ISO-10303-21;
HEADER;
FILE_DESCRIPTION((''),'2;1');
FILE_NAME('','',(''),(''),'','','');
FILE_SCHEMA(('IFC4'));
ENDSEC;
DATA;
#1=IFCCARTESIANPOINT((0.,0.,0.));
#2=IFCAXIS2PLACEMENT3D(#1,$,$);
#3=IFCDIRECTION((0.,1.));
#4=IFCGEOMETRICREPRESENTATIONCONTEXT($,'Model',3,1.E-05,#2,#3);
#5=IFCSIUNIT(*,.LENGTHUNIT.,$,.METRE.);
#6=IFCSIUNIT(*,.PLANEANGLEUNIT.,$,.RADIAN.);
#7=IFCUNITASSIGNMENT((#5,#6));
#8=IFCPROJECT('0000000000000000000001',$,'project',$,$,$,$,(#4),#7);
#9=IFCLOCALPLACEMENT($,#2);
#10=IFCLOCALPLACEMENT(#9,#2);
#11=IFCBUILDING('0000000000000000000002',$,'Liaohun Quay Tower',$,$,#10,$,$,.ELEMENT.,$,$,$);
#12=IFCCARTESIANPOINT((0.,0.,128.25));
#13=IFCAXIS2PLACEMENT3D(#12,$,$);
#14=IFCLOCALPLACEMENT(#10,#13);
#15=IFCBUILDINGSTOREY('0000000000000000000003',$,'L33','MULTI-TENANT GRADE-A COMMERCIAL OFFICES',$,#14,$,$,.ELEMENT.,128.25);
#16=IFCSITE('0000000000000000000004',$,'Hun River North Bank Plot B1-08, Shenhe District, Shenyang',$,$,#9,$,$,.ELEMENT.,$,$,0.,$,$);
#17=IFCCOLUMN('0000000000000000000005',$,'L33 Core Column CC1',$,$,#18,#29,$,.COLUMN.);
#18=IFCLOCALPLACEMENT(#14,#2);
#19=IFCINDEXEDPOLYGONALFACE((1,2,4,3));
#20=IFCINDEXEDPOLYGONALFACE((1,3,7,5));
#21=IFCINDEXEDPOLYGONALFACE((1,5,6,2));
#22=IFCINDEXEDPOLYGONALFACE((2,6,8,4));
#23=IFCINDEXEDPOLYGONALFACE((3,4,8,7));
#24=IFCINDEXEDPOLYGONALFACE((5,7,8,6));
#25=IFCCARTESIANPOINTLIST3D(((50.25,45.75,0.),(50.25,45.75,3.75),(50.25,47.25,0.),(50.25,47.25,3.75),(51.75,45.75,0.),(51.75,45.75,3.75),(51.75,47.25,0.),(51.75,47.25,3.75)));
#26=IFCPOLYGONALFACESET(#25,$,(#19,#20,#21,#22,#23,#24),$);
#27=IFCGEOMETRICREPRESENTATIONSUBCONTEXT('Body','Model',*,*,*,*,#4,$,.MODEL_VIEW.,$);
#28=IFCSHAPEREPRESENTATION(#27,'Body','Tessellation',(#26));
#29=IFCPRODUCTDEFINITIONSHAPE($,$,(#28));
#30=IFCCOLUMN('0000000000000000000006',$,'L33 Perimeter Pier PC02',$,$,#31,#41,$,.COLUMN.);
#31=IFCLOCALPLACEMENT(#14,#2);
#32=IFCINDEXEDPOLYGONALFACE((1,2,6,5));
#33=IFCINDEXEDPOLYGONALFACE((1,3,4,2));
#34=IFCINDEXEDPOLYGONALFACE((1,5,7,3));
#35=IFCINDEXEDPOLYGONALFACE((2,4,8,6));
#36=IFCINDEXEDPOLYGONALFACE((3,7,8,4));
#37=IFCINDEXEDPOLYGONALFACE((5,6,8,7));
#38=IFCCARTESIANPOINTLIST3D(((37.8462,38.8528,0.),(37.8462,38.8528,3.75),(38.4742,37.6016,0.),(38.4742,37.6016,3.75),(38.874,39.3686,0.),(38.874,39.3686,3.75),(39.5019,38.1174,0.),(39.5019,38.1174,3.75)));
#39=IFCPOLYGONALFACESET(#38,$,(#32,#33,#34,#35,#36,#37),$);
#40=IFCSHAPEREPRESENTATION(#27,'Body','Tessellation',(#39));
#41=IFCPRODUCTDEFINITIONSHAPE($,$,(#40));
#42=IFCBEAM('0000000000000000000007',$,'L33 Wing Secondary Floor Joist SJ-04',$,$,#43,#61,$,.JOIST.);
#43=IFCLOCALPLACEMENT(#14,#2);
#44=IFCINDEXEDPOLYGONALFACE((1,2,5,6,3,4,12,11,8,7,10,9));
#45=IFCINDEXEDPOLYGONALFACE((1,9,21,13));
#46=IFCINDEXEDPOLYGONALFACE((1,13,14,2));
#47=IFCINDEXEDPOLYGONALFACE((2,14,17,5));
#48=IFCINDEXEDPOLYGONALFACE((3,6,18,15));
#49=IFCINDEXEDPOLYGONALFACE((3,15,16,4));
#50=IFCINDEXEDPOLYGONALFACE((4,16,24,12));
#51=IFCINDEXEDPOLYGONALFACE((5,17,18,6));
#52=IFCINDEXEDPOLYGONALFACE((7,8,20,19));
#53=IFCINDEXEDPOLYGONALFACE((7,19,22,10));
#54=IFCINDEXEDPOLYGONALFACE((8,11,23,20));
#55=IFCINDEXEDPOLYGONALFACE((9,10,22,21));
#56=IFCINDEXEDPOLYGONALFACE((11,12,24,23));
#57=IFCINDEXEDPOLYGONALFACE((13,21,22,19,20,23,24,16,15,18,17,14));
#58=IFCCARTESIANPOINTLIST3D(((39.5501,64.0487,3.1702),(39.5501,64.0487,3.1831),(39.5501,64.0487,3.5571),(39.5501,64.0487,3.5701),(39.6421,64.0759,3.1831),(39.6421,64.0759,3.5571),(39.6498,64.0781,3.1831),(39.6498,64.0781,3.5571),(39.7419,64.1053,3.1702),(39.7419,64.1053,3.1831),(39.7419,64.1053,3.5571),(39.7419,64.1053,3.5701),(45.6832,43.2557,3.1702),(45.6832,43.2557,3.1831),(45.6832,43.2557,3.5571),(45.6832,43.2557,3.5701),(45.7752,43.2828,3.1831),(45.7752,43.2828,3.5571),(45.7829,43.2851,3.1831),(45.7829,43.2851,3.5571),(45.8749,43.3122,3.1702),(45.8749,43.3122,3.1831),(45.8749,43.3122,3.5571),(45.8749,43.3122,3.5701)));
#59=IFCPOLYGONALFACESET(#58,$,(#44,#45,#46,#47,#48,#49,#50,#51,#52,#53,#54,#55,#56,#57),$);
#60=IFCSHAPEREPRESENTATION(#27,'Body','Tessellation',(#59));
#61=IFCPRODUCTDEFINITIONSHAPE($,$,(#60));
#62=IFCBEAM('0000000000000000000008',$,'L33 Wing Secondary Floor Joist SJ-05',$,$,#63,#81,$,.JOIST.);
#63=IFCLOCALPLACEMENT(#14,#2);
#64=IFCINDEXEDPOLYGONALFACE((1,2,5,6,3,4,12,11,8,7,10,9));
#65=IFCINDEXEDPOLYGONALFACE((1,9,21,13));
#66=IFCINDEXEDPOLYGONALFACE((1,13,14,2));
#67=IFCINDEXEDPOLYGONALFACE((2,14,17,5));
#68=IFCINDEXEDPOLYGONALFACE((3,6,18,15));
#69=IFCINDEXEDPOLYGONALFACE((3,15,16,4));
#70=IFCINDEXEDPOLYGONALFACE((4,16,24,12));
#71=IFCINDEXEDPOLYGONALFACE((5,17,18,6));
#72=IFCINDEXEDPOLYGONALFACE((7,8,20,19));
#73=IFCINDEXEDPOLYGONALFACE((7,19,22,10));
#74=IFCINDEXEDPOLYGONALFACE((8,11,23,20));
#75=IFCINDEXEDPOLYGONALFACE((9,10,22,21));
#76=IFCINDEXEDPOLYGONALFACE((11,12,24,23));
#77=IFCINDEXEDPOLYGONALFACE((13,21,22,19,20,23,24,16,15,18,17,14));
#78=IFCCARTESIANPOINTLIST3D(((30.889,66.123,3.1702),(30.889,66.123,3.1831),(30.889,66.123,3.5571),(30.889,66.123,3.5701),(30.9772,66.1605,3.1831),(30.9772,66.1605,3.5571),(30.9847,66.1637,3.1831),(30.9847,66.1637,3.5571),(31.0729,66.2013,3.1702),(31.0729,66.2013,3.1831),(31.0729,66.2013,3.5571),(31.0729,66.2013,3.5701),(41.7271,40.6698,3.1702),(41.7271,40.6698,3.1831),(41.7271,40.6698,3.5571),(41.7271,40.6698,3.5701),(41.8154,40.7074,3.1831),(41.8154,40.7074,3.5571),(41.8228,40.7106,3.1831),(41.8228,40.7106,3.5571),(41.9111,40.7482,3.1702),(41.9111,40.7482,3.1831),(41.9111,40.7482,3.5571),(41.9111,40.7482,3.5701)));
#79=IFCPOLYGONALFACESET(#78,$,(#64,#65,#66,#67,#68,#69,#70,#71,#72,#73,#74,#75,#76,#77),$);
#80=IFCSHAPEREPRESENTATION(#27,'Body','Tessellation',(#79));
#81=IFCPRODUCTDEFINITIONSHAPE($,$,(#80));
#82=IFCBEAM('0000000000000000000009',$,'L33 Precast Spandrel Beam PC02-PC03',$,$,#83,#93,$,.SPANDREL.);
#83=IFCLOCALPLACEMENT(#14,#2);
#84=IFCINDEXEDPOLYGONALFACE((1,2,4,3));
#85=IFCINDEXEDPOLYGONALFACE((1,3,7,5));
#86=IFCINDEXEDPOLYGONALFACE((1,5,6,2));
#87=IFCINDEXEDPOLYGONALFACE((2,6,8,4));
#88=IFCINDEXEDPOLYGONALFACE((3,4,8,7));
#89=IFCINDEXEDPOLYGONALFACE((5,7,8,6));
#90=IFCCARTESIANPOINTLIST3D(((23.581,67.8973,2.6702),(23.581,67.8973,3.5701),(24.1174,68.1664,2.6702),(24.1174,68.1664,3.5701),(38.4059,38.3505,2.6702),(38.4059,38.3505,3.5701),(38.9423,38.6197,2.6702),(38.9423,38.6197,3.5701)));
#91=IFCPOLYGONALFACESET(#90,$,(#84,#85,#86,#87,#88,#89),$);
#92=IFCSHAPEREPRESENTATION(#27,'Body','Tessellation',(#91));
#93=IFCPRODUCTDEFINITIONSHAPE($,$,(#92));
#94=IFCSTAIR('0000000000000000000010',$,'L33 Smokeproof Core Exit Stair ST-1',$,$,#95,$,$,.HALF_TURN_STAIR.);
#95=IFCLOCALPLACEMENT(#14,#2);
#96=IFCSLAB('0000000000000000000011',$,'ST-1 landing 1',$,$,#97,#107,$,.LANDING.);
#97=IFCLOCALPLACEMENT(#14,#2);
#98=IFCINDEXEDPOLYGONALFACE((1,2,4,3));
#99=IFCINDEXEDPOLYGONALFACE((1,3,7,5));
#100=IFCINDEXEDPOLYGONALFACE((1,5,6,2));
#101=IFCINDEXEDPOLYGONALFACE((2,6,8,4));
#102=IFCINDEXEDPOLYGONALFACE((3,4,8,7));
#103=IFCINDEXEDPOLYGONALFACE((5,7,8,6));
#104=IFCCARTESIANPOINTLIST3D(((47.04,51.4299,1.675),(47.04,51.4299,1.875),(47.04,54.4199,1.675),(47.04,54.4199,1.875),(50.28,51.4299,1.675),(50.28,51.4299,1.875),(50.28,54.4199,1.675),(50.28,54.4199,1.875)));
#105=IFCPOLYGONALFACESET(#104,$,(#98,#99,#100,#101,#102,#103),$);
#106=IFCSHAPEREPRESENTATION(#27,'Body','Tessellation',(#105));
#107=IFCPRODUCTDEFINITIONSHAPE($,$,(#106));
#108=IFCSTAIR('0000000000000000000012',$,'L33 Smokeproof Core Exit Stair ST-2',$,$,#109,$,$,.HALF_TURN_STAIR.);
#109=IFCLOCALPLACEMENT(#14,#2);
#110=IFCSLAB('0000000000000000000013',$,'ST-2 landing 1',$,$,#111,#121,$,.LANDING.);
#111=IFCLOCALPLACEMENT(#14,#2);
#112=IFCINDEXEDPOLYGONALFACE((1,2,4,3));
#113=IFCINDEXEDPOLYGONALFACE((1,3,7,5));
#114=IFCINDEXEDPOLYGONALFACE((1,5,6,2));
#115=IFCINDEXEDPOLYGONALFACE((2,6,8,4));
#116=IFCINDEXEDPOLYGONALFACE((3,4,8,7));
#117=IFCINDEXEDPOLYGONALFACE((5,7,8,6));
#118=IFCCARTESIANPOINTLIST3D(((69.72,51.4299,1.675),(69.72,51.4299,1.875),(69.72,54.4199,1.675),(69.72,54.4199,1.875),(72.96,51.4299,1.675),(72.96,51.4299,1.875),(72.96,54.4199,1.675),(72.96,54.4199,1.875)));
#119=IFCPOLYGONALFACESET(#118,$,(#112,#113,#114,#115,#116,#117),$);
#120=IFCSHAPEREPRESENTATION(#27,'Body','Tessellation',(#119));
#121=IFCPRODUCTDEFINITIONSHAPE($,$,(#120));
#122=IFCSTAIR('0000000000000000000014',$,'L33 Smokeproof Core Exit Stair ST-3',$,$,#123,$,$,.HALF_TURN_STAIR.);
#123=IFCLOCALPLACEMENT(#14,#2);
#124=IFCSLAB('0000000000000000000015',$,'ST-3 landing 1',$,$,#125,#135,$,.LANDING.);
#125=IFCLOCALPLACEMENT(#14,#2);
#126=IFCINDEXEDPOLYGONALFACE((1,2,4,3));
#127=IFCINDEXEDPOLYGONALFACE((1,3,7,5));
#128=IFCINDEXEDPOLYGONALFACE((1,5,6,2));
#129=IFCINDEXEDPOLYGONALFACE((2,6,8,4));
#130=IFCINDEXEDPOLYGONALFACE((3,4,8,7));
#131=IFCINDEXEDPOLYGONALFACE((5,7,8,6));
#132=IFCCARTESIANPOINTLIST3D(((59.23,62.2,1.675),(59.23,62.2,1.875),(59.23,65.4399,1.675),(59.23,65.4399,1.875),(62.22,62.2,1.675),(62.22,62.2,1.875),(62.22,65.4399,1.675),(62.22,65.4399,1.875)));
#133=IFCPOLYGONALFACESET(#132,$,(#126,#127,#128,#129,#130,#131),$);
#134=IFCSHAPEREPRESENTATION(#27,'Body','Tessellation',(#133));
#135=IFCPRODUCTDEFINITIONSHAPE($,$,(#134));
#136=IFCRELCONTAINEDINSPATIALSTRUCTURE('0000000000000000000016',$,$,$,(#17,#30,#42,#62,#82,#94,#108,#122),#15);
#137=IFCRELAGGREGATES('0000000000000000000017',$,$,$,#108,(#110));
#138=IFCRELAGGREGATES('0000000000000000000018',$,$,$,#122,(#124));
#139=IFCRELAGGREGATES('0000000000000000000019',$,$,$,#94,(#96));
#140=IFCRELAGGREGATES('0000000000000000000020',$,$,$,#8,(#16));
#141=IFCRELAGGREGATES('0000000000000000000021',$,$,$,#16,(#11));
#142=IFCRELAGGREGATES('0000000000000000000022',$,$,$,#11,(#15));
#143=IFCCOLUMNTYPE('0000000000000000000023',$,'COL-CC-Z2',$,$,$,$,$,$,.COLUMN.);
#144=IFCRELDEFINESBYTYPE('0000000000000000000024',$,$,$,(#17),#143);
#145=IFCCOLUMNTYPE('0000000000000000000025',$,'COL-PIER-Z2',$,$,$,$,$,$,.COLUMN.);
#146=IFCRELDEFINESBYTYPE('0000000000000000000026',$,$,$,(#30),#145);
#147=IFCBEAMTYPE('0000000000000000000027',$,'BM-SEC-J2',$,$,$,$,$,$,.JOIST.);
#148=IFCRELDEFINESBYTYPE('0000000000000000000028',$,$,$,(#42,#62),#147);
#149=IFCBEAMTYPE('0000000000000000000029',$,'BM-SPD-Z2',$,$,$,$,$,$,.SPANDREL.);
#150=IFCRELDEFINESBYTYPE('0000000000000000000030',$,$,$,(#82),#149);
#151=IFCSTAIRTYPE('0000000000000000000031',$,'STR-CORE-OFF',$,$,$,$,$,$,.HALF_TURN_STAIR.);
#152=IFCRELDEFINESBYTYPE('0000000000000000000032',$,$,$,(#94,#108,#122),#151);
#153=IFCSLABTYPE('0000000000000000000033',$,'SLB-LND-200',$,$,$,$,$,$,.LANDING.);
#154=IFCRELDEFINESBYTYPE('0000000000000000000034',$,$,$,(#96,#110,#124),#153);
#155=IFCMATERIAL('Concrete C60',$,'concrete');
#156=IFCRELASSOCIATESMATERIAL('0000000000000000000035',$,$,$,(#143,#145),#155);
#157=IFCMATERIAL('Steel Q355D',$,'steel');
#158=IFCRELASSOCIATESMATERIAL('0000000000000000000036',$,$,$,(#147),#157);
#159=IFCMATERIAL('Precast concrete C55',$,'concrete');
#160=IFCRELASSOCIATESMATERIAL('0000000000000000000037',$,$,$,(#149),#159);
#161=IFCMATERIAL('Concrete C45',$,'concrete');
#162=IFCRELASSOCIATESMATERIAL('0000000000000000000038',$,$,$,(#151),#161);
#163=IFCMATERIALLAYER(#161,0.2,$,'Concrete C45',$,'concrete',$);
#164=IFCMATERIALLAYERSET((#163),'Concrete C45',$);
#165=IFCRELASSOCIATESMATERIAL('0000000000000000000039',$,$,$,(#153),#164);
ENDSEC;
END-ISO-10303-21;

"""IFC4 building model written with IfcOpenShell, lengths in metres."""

from ifc_helpers import new_model, si_unit, direction, frame, origin, origin_2d, place, context, subcontext, project, spatial, polyline, rectangle, i_section, outline, extrude, source, transform, mapped, material, layer, layer_set, material_profile, profile_set, type_object, element, aggregate, save


model = new_model("IFC4")

# Units and contexts
model_context = context("Model", 3, precision=1e-05, world=origin(), true_north=direction((0.0, 1.0)))
body_context = subcontext(model_context, "Body", "Model", "MODEL_VIEW")
ifc_project = project(units=[si_unit("LENGTHUNIT", "METRE"), si_unit("PLANEANGLEUNIT", "RADIAN")], contexts=[model_context])

# Site, building, storey
site_placement = place(None, origin())
site = spatial("IfcSite", under=ifc_project, at=site_placement, Name="Hun River North Bank Plot B1-08, Shenhe District, Shenyang", CompositionType="ELEMENT", RefElevation=0.0)
building_placement = place(site_placement, origin())
building = spatial("IfcBuilding", under=site, at=building_placement, Name="Liaohun Quay Tower", CompositionType="ELEMENT")
storey_placement = place(building_placement, frame((0.0, 0.0, 128.25)))
storey = spatial("IfcBuildingStorey", under=building, at=storey_placement, Name="L33", Description="MULTI-TENANT GRADE-A COMMERCIAL OFFICES", CompositionType="ELEMENT", Elevation=128.25)

# Columns
ifc_material_1 = material(Name="Concrete C60", Category="concrete")
ifc_material_profile_1 = material_profile(ifc_material_1, rectangle(XDim=1.5, YDim=1.5, at=origin_2d()), Name="RC1500x1500")
ifc_profile_set_1 = profile_set([ifc_material_profile_1], Name="Concrete C60")
column_type_1 = type_object("IfcColumnType", Name="COL-CC-Z2", PredefinedType="COLUMN", material=ifc_profile_set_1)
shared_shape_1 = source(origin(), body_context, "Body", "SweptSolid", [
    extrude(rectangle(XDim=1.5, YDim=1.5, at=origin_2d()), origin(), (0.0, 0.0, 1.0), 3.75),
])
column_1_placement = place(storey_placement, frame((51.0, 46.5, 0.0), z_axis=(0.0, 0.0, 1.0), x_axis=(1.0, 0.0, 0.0)))
element("IfcColumn", 1, at=column_1_placement, inside=storey, type_object=column_type_1, Name="L33 Core Column CC1", PredefinedType="COLUMN", context=body_context, shape_type="MappedRepresentation", body=[
    mapped(shared_shape_1, transform((0.0, 0.0, 0.0), x_axis=(1.0, 0.0, 0.0), y_axis=(0.0, 1.0, 0.0), z_axis=(0.0, 0.0, 1.0), scale=1.0)),
])
ifc_material_profile_2 = material_profile(ifc_material_1, rectangle(XDim=1.3999, YDim=1.1499, at=origin_2d()), Name="RC1400x1150")
ifc_profile_set_2 = profile_set([ifc_material_profile_2], Name="Concrete C60")
column_type_2 = type_object("IfcColumnType", Name="COL-PIER-Z2", PredefinedType="COLUMN", material=ifc_profile_set_2)
shared_shape_2 = source(origin(), body_context, "Body", "SweptSolid", [
    extrude(rectangle(XDim=1.3999, YDim=1.1499, at=origin_2d()), origin(), (0.0, 0.0, 1.0), 3.75),
])
column_2_placement = place(storey_placement, frame((38.6741, 38.4851, 0.0), z_axis=(0.0, 0.0, 1.0), x_axis=(-0.448539, 0.893763, 0.0)))
element("IfcColumn", 2, at=column_2_placement, inside=storey, type_object=column_type_2, Name="L33 Perimeter Pier PC02", PredefinedType="COLUMN", context=body_context, shape_type="MappedRepresentation", body=[
    mapped(shared_shape_2, transform((0.0, 0.0, 0.0), x_axis=(1.0, 0.0, 0.0), y_axis=(0.0, 1.0, 0.0), z_axis=(0.0, 0.0, 1.0), scale=1.0)),
])

# Beams
ifc_material_2 = material(Name="Steel Q355D", Category="steel")
ifc_material_profile_3 = material_profile(ifc_material_2, i_section(OverallWidth=0.2, OverallDepth=0.3999, WebThickness=0.0081, FlangeThickness=0.0129, at=origin_2d()), Name="HN400x200x8x13")
ifc_profile_set_3 = profile_set([ifc_material_profile_3], Name="Steel Q355D")
beam_type_1 = type_object("IfcBeamType", Name="BM-SEC-J2", PredefinedType="JOIST", material=ifc_profile_set_3)
shared_shape_3 = source(origin(), body_context, "Body", "SweptSolid", [
    extrude(i_section(OverallWidth=0.2, OverallDepth=0.3999, WebThickness=0.0081, FlangeThickness=0.0129, at=origin_2d()), origin(), (0.0, 0.0, 1.0), 21.6787),
])
beam_1_placement = place(storey_placement, frame((45.7791, 43.2839, 3.3701), z_axis=(-0.282908, 0.959147, 0.0), x_axis=(-0.959147, -0.282908, 0.0)))
element("IfcBeam", 3, at=beam_1_placement, inside=storey, type_object=beam_type_1, Name="L33 Wing Secondary Floor Joist SJ-04", PredefinedType="JOIST", context=body_context, shape_type="MappedRepresentation", body=[
    mapped(shared_shape_3, transform((0.0, 0.0, 0.0), x_axis=(1.0, 0.0, 0.0), y_axis=(0.0, 1.0, 0.0), z_axis=(0.0, 0.0, 1.0), scale=1.0)),
])
shared_shape_4 = source(origin(), body_context, "Body", "SweptSolid", [
    extrude(i_section(OverallWidth=0.2, OverallDepth=0.3999, WebThickness=0.0081, FlangeThickness=0.0129, at=origin_2d()), origin(), (0.0, 0.0, 1.0), 27.6646),
])
beam_2_placement = place(storey_placement, frame((41.8191, 40.709, 3.3701), z_axis=(-0.39177, 0.920063, 0.0), x_axis=(-0.920063, -0.39177, 0.0)))
element("IfcBeam", 4, at=beam_2_placement, inside=storey, type_object=beam_type_1, Name="L33 Wing Secondary Floor Joist SJ-05", PredefinedType="JOIST", context=body_context, shape_type="MappedRepresentation", body=[
    mapped(shared_shape_4, transform((0.0, 0.0, 0.0), x_axis=(1.0, 0.0, 0.0), y_axis=(0.0, 1.0, 0.0), z_axis=(0.0, 0.0, 1.0), scale=1.0)),
])
ifc_material_3 = material(Name="Precast concrete C55", Category="concrete")
ifc_material_profile_4 = material_profile(ifc_material_3, rectangle(XDim=0.6001, YDim=0.8999, at=origin_2d()), Name="RC600x900")
ifc_profile_set_4 = profile_set([ifc_material_profile_4], Name="Precast concrete C55")
beam_type_2 = type_object("IfcBeamType", Name="BM-SPD-Z2", PredefinedType="SPANDREL", material=ifc_profile_set_4)
shared_shape_5 = source(origin(), body_context, "Body", "SweptSolid", [
    extrude(rectangle(XDim=0.6001, YDim=0.8999, at=origin_2d()), origin(), (0.0, 0.0, 1.0), 33.0574),
])
beam_3_placement = place(storey_placement, frame((38.6741, 38.4851, 3.1201), z_axis=(-0.44846, 0.893803, 0.0), x_axis=(-0.893803, -0.44846, 0.0)))
element("IfcBeam", 5, at=beam_3_placement, inside=storey, type_object=beam_type_2, Name="L33 Precast Spandrel Beam PC02-PC03", PredefinedType="SPANDREL", context=body_context, shape_type="MappedRepresentation", body=[
    mapped(shared_shape_5, transform((0.0, 0.0, 0.0), x_axis=(1.0, 0.0, 0.0), y_axis=(0.0, 1.0, 0.0), z_axis=(0.0, 0.0, 1.0), scale=1.0)),
])

# Stairs, slabs
ifc_material_4 = material(Name="Concrete C45", Category="concrete")
stair_type = type_object("IfcStairType", Name="STR-CORE-OFF", PredefinedType="HALF_TURN_STAIR", material=ifc_material_4)
stair_1_placement = place(storey_placement, origin())
stair_1 = element("IfcStair", 6, at=stair_1_placement, inside=storey, type_object=stair_type, Name="L33 Smokeproof Core Exit Stair ST-1", PredefinedType="HALF_TURN_STAIR")
ifc_layer_1 = layer(ifc_material_4, 0.2, Name="Concrete C45", Category="concrete")
ifc_layer_set_1 = layer_set([ifc_layer_1], Name="Concrete C45")
slab_type_1 = type_object("IfcSlabType", Name="SLB-LND-200", PredefinedType="LANDING", material=ifc_layer_set_1)
slab_1_placement = place(storey_placement, frame((0.0, 0.0, 1.675)))
slab_1 = element("IfcSlab", 7, at=slab_1_placement, type_object=slab_type_1, Name="ST-1 landing 1", PredefinedType="LANDING", context=body_context, shape_type="SweptSolid", body=[
    extrude(outline(polyline([(50.28, 51.4299), (50.28, 54.4199), (47.04, 54.4199), (47.04, 51.4299), (50.28, 51.4299)])), origin(), (0.0, 0.0, 1.0), 0.2),
])
stair_2_placement = place(storey_placement, origin())
stair_2 = element("IfcStair", 8, at=stair_2_placement, inside=storey, type_object=stair_type, Name="L33 Smokeproof Core Exit Stair ST-2", PredefinedType="HALF_TURN_STAIR")
slab_2_placement = place(storey_placement, frame((0.0, 0.0, 1.675)))
slab_2 = element("IfcSlab", 9, at=slab_2_placement, type_object=slab_type_1, Name="ST-2 landing 1", PredefinedType="LANDING", context=body_context, shape_type="SweptSolid", body=[
    extrude(outline(polyline([(72.96, 51.4299), (72.96, 54.4199), (69.72, 54.4199), (69.72, 51.4299), (72.96, 51.4299)])), origin(), (0.0, 0.0, 1.0), 0.2),
])
aggregate(stair_2, [slab_2])
stair_3_placement = place(storey_placement, origin())
stair_3 = element("IfcStair", 10, at=stair_3_placement, inside=storey, type_object=stair_type, Name="L33 Smokeproof Core Exit Stair ST-3", PredefinedType="HALF_TURN_STAIR")
slab_3_placement = place(storey_placement, frame((0.0, 0.0, 1.675)))
slab_3 = element("IfcSlab", 11, at=slab_3_placement, type_object=slab_type_1, Name="ST-3 landing 1", PredefinedType="LANDING", context=body_context, shape_type="SweptSolid", body=[
    extrude(outline(polyline([(59.23, 62.2), (62.22, 62.2), (62.22, 65.4399), (59.23, 65.4399), (59.23, 62.2)])), origin(), (0.0, 0.0, 1.0), 0.2),
])
aggregate(stair_3, [slab_3])

aggregate(stair_1, [slab_1])

save(model, "model.ifc")
